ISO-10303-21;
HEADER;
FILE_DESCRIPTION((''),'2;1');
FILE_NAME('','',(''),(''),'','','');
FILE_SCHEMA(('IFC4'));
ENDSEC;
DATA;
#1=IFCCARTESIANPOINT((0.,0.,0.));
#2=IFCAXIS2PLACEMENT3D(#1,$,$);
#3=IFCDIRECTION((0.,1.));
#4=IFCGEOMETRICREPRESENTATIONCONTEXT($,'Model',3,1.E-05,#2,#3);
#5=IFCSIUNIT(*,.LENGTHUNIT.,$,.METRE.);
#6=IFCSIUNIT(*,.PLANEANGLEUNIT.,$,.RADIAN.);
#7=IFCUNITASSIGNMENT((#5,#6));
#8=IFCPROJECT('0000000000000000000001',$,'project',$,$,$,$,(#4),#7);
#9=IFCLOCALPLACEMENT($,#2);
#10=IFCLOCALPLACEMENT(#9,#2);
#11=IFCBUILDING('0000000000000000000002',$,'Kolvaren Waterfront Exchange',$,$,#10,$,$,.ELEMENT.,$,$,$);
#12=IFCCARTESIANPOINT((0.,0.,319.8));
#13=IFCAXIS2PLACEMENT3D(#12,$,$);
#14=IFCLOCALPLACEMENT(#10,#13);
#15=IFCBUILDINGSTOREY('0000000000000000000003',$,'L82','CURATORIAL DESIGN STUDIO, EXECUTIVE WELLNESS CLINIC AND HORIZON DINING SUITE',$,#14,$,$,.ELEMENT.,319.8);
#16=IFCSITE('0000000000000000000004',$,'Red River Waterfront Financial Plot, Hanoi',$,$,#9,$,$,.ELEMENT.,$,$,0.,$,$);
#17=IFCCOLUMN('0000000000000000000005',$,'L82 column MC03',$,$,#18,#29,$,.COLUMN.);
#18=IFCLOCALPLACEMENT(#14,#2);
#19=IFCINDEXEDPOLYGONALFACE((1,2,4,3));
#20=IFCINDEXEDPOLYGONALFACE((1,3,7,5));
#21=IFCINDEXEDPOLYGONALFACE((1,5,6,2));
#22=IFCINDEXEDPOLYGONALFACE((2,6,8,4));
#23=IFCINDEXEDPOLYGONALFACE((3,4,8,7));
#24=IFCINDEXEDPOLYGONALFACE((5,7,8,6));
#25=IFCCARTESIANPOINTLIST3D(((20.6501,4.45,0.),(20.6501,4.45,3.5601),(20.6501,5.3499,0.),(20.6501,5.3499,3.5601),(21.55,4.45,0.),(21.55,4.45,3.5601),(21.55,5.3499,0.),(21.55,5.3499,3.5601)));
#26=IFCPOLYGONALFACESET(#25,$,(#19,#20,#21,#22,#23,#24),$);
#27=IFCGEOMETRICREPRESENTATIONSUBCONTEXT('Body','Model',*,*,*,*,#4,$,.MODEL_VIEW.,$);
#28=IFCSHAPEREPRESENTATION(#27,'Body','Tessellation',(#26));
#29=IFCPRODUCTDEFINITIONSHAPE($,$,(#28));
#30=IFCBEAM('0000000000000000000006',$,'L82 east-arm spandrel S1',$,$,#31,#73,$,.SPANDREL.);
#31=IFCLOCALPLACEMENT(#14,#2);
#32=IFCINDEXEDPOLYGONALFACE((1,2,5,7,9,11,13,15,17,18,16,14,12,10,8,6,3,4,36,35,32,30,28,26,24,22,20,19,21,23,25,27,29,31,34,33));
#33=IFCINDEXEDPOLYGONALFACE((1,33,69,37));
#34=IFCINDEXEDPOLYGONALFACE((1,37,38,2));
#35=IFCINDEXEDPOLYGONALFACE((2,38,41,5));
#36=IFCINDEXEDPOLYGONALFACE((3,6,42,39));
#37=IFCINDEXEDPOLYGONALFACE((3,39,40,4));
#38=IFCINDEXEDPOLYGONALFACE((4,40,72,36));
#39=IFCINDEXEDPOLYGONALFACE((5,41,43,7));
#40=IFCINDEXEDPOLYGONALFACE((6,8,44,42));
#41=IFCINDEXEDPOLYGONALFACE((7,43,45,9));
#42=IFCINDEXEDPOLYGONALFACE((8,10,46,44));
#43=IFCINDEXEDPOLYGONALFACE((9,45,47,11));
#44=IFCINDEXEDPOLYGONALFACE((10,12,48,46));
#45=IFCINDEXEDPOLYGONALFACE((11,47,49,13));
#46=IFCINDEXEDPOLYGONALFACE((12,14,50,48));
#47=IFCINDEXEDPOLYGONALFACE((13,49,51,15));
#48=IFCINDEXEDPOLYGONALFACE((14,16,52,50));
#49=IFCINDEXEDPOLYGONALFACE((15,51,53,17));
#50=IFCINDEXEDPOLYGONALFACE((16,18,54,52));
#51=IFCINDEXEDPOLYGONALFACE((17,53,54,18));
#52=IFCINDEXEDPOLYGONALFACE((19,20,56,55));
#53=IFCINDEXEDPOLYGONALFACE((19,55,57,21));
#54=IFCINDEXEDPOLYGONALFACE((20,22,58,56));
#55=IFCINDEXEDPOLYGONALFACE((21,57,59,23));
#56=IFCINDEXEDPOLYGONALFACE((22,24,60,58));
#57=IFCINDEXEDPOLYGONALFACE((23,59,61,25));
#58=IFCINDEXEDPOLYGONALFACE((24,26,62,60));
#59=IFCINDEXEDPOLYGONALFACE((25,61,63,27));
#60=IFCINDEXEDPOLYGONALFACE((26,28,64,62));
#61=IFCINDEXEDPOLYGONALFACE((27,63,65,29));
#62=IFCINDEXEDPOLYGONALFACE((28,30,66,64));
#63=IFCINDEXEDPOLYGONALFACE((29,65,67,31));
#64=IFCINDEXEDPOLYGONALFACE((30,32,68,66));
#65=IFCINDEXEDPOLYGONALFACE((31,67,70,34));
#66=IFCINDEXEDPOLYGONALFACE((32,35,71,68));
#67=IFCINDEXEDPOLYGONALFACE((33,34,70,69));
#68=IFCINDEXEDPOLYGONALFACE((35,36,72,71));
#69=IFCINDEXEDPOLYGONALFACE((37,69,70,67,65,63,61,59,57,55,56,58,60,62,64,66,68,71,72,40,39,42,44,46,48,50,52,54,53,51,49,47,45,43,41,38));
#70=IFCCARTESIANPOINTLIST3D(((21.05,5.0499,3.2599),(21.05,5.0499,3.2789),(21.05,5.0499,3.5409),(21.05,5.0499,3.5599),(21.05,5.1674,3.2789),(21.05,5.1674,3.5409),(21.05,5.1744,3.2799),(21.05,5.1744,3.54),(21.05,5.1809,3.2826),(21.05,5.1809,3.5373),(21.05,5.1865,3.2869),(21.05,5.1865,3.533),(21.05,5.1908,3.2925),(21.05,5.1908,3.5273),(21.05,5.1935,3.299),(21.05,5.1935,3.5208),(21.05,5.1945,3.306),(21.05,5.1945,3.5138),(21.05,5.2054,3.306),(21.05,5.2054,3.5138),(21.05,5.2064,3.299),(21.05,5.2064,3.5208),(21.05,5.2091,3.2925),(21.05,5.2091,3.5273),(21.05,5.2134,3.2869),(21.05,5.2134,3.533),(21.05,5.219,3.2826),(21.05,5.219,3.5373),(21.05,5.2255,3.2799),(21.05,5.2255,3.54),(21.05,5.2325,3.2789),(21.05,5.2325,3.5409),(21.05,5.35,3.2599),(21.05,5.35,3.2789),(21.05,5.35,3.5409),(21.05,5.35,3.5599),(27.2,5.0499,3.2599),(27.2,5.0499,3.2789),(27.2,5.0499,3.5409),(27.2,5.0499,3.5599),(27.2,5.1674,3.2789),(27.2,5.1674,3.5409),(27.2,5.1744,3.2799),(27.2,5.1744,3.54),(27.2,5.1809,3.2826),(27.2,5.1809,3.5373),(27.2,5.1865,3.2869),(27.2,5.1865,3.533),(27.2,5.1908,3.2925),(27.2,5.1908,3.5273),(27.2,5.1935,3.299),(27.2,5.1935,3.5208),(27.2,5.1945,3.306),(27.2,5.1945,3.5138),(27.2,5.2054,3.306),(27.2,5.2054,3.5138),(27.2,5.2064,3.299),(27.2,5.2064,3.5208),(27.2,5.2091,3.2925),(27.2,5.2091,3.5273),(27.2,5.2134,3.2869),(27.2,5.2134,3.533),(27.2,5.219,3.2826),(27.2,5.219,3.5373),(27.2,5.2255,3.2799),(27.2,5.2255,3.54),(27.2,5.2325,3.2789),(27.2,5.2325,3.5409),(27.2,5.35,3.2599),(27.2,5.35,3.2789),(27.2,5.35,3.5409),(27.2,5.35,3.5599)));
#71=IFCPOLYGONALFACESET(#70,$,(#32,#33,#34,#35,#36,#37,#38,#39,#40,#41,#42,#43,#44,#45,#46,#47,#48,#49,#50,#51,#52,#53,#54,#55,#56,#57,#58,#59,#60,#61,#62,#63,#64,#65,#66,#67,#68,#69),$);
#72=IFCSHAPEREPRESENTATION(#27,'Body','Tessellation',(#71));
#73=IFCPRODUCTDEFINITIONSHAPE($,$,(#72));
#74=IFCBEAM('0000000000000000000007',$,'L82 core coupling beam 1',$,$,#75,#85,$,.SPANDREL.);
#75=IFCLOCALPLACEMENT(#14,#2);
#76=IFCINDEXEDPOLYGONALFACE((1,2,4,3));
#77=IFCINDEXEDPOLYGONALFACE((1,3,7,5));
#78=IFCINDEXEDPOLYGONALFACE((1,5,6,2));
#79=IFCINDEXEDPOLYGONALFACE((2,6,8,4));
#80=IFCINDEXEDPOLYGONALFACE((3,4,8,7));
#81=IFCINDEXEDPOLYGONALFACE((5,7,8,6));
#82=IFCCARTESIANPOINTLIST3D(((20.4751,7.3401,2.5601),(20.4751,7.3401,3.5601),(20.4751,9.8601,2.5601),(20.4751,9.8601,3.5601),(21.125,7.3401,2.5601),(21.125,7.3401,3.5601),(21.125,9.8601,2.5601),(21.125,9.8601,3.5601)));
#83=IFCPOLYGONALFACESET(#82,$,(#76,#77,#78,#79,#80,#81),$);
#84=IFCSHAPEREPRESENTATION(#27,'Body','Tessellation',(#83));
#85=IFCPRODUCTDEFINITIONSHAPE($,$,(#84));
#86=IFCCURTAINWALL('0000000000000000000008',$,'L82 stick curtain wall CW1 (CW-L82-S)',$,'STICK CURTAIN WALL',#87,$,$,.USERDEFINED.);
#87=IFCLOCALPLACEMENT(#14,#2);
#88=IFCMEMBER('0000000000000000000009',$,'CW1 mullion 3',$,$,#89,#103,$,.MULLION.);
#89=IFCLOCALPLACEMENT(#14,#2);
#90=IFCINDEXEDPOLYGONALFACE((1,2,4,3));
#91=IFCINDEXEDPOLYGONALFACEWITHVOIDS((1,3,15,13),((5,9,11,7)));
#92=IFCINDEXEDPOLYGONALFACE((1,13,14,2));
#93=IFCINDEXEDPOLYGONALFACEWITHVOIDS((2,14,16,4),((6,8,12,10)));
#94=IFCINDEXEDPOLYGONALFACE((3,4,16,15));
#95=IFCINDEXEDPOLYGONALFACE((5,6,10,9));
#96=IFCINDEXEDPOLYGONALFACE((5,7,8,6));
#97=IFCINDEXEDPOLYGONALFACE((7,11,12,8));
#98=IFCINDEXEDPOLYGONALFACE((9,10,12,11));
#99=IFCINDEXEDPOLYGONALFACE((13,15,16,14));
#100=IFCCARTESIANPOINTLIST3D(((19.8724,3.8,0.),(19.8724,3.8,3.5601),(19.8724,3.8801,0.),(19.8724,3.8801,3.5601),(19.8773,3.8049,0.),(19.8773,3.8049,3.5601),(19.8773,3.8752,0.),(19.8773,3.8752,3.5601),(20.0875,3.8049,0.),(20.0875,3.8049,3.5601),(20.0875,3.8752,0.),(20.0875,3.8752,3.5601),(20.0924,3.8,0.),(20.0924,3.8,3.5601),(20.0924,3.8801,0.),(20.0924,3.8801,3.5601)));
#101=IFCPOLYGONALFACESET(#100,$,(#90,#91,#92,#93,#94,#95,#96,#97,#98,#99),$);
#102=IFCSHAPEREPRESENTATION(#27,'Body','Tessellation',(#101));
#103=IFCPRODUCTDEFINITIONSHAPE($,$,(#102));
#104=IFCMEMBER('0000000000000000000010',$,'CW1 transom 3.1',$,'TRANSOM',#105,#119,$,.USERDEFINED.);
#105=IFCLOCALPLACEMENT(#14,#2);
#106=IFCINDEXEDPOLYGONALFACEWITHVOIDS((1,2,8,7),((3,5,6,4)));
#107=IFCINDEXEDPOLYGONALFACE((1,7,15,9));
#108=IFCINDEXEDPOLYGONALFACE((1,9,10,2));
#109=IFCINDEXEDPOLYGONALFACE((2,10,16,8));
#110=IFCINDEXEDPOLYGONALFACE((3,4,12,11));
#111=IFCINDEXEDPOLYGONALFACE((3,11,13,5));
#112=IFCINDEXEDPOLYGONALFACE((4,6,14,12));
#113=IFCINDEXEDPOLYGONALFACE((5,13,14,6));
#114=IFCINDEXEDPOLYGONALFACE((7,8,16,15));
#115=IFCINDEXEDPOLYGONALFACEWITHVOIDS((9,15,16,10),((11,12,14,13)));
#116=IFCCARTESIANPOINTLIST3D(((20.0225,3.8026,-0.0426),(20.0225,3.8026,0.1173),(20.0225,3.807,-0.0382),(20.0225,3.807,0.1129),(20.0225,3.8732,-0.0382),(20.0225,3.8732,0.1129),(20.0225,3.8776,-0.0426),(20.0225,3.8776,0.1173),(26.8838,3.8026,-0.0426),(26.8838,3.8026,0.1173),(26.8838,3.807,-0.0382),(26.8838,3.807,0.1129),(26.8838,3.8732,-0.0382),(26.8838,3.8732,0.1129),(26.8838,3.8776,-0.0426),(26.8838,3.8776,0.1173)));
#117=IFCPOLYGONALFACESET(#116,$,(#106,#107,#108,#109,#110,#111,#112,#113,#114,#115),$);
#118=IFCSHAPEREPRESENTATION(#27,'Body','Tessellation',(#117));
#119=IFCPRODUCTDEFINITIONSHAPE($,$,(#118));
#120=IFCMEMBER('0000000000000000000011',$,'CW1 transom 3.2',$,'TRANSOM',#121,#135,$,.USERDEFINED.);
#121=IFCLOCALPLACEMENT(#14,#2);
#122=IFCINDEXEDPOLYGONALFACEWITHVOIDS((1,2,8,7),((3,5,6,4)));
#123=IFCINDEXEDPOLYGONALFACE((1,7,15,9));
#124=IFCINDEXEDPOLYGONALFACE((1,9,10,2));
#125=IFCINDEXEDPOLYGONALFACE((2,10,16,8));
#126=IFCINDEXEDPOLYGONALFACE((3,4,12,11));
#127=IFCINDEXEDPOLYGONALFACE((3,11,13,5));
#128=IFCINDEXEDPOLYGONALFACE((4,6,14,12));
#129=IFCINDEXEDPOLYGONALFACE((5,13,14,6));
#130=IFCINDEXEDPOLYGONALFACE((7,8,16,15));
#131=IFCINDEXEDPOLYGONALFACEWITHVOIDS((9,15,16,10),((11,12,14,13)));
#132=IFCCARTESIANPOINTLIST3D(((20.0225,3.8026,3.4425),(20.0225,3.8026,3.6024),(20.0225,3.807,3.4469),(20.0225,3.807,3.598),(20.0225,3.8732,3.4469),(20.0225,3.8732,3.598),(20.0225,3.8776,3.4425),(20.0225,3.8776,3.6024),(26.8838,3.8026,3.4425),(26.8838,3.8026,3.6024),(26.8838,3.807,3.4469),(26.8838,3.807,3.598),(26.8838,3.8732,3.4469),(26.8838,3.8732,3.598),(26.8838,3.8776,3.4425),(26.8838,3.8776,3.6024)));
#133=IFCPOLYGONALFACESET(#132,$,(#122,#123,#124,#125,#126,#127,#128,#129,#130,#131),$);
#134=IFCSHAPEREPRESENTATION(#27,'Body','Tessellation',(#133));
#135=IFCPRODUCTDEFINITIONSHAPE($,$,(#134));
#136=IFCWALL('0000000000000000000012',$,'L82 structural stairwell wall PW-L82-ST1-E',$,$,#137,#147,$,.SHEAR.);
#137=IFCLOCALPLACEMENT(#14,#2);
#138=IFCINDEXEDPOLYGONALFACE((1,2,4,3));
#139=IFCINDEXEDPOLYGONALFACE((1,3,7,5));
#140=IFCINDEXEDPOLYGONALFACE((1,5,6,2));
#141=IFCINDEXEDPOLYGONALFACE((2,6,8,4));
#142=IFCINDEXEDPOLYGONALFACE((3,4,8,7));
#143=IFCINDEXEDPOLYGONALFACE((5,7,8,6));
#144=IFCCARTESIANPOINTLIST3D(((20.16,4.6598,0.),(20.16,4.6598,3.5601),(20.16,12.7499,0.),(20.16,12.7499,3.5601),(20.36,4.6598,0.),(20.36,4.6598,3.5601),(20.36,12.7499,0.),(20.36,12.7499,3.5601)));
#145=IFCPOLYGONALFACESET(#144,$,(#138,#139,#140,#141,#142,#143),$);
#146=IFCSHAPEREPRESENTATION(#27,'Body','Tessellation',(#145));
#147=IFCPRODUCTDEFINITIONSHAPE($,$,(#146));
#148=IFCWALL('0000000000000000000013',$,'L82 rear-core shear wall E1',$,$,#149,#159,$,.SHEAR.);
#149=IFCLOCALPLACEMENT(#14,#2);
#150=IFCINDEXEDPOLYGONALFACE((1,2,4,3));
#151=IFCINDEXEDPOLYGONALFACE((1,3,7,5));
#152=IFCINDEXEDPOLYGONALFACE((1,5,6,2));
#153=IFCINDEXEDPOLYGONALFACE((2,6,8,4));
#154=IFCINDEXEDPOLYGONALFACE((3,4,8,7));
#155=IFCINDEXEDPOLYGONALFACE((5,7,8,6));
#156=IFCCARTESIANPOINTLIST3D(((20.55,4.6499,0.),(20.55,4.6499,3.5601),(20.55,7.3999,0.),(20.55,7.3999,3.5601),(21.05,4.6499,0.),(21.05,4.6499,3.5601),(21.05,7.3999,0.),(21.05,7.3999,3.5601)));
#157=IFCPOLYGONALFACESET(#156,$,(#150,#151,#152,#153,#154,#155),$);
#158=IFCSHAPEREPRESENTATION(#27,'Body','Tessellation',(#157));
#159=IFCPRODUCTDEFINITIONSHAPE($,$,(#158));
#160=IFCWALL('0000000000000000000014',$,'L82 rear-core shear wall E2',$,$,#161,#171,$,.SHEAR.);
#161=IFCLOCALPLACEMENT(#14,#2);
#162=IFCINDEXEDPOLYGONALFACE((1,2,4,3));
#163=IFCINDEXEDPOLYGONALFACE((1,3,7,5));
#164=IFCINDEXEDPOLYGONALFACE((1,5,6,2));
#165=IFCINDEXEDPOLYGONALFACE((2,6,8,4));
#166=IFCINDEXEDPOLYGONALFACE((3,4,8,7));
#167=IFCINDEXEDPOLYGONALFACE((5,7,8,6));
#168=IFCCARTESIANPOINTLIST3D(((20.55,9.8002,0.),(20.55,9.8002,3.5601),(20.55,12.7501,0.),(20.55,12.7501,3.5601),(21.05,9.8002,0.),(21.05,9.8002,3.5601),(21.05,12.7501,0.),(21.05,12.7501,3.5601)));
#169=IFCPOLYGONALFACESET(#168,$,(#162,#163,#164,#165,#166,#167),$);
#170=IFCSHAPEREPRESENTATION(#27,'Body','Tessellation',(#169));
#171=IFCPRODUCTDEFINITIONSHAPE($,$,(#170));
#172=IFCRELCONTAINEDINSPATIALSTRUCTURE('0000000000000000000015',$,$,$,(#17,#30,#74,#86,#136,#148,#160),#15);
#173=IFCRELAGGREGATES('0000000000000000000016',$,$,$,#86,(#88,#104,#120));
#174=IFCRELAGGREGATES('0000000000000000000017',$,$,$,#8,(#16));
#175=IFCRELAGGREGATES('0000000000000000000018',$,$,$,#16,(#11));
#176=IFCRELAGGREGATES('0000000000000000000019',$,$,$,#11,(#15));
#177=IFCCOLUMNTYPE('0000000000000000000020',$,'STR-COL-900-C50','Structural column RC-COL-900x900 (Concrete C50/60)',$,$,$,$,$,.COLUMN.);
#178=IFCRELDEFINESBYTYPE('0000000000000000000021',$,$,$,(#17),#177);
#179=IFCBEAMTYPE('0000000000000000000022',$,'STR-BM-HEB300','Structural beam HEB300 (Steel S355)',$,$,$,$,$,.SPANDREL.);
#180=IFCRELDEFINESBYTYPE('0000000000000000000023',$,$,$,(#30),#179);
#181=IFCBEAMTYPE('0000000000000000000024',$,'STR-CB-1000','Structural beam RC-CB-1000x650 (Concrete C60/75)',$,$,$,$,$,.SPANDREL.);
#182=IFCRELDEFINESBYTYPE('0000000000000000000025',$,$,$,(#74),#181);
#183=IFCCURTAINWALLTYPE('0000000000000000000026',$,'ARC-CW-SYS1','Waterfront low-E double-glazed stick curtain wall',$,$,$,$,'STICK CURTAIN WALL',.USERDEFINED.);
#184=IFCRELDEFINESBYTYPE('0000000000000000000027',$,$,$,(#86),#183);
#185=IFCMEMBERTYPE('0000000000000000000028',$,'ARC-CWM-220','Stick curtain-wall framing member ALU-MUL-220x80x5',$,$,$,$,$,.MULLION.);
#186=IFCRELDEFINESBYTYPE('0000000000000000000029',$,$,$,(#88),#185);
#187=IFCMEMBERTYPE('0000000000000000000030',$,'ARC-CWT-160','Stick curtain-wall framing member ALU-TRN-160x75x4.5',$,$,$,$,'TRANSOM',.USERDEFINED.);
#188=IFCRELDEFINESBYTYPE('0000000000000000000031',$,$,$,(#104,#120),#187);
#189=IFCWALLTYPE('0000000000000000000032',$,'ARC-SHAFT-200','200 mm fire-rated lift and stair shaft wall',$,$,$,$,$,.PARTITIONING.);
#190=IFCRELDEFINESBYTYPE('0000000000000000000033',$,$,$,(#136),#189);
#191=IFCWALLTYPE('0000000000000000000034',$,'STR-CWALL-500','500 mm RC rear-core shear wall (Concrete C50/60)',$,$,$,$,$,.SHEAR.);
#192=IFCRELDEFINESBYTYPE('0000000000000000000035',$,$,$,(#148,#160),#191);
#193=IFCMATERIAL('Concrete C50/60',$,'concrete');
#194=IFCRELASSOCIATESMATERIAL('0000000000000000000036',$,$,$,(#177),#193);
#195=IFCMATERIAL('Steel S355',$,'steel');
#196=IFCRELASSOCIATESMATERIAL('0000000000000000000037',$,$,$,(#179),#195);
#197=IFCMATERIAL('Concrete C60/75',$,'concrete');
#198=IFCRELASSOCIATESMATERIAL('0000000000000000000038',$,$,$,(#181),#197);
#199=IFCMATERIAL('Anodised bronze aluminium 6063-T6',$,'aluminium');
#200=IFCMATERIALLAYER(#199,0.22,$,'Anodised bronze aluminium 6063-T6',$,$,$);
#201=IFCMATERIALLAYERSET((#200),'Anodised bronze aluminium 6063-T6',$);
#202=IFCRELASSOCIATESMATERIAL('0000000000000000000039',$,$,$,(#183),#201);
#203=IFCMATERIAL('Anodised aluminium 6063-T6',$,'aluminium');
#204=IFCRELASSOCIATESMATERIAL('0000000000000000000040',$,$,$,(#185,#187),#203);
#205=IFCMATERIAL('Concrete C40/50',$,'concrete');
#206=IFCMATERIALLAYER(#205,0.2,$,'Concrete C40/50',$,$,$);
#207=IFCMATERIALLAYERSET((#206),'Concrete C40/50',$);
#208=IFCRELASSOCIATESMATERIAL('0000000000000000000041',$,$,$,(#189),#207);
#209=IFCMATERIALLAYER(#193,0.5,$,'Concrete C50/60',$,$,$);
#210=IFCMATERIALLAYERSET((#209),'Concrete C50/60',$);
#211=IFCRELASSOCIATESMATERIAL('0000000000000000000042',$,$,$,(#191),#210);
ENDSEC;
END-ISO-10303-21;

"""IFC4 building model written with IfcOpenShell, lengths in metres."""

from ifc_helpers import new_model, si_unit, direction, frame, frame_2d, origin, origin_with_axes, origin_2d, place, context, subcontext, project, spatial, rectangle, hollow_rectangle, i_section, extrude, source, transform, mapped, material, layer, layer_set, material_profile, profile_set, type_object, element, aggregate, save


model = new_model("IFC4")

# Units and contexts
model_context = context("Model", 3, precision=1e-05, world=origin(), true_north=direction((0.0, 1.0)))
body_context = subcontext(model_context, "Body", "Model", "MODEL_VIEW")
ifc_project = project(units=[si_unit("LENGTHUNIT", "METRE"), si_unit("PLANEANGLEUNIT", "RADIAN")], contexts=[model_context])

# Site, building, storey
site_placement = place(None, origin())
site = spatial("IfcSite", under=ifc_project, at=site_placement, Name="Red River Waterfront Financial Plot, Hanoi", CompositionType="ELEMENT", RefElevation=0.0)
building_placement = place(site_placement, origin())
building = spatial("IfcBuilding", under=site, at=building_placement, Name="Kolvaren Waterfront Exchange", CompositionType="ELEMENT")
storey_placement = place(building_placement, frame((0.0, 0.0, 319.8)))
storey = spatial("IfcBuildingStorey", under=building, at=storey_placement, Name="L82", Description="CURATORIAL DESIGN STUDIO, EXECUTIVE WELLNESS CLINIC AND HORIZON DINING SUITE", CompositionType="ELEMENT", Elevation=319.8)

# Column
ifc_material_1 = material(Name="Concrete C50/60", Category="concrete")
ifc_material_profile_1 = material_profile(ifc_material_1, rectangle(XDim=0.8999, YDim=0.8999, at=origin_2d()), Name="RC-COL-900x900")
ifc_profile_set_1 = profile_set([ifc_material_profile_1], Name="Concrete C50/60")
column_type = type_object("IfcColumnType", Name="STR-COL-900-C50", Description="Structural column RC-COL-900x900 (Concrete C50/60)", PredefinedType="COLUMN", material=ifc_profile_set_1)
column_placement = place(storey_placement, frame((21.1001, 4.8999, 0.0), z_axis=(0.0, 0.0, 1.0), x_axis=(1.0, 0.0, 0.0)))
element("IfcColumn", 1, at=column_placement, inside=storey, type_object=column_type, Name="L82 column MC03", PredefinedType="COLUMN", context=body_context, shape_type="SweptSolid", body=[
    extrude(rectangle(XDim=0.8999, YDim=0.8999, at=origin_2d()), origin(), (0.0, 0.0, 1.0), 3.5601),
])

# Beams
ifc_material_2 = material(Name="Steel S355", Category="steel")
ifc_material_profile_2 = material_profile(ifc_material_2, i_section(OverallWidth=0.3, OverallDepth=0.3, WebThickness=0.011, FlangeThickness=0.019, FilletRadius=0.0271, at=origin_2d()), Name="HEB300")
ifc_profile_set_2 = profile_set([ifc_material_profile_2], Name="Steel S355")
beam_type_1 = type_object("IfcBeamType", Name="STR-BM-HEB300", Description="Structural beam HEB300 (Steel S355)", PredefinedType="SPANDREL", material=ifc_profile_set_2)
beam_1_placement = place(storey_placement, frame((21.05, 5.2, 3.4099), z_axis=(1.0, 0.0, 0.0), x_axis=(0.0, 1.0, 0.0)))
element("IfcBeam", 2, at=beam_1_placement, inside=storey, type_object=beam_type_1, Name="L82 east-arm spandrel S1", PredefinedType="SPANDREL", context=body_context, shape_type="SweptSolid", body=[
    extrude(i_section(OverallWidth=0.3, OverallDepth=0.3, WebThickness=0.011, FlangeThickness=0.019, FilletRadius=0.0271, at=origin_2d()), origin(), (0.0, 0.0, 1.0), 6.1499),
])
ifc_material_3 = material(Name="Concrete C60/75", Category="concrete")
ifc_material_profile_3 = material_profile(ifc_material_3, rectangle(XDim=0.6499, YDim=1.0, at=origin_2d()), Name="RC-CB-1000x650")
ifc_profile_set_3 = profile_set([ifc_material_profile_3], Name="Concrete C60/75")
beam_type_2 = type_object("IfcBeamType", Name="STR-CB-1000", Description="Structural beam RC-CB-1000x650 (Concrete C60/75)", PredefinedType="SPANDREL", material=ifc_profile_set_3)
beam_2_placement = place(storey_placement, frame((20.8, 7.3401, 3.0601), z_axis=(0.0, 1.0, 0.0), x_axis=(-1.0, 0.0, 0.0)))
element("IfcBeam", 3, at=beam_2_placement, inside=storey, type_object=beam_type_2, Name="L82 core coupling beam 1", PredefinedType="SPANDREL", context=body_context, shape_type="SweptSolid", body=[
    extrude(rectangle(XDim=0.6499, YDim=1.0, at=origin_2d()), origin(), (0.0, 0.0, 1.0), 2.52),
])

# Curtain wall, members
ifc_material_4 = material(Name="Anodised bronze aluminium 6063-T6", Category="aluminium")
ifc_layer_1 = layer(ifc_material_4, 0.22, Name="Anodised bronze aluminium 6063-T6")
ifc_layer_set_1 = layer_set([ifc_layer_1], Name="Anodised bronze aluminium 6063-T6")
curtain_wall_type = type_object("IfcCurtainWallType", Name="ARC-CW-SYS1", Description="Waterfront low-E double-glazed stick curtain wall", ElementType="STICK CURTAIN WALL", PredefinedType="USERDEFINED", material=ifc_layer_set_1)
curtain_wall_placement = place(storey_placement, origin())
curtain_wall = element("IfcCurtainWall", 4, at=curtain_wall_placement, inside=storey, type_object=curtain_wall_type, Name="L82 stick curtain wall CW1 (CW-L82-S)", ObjectType="STICK CURTAIN WALL", PredefinedType="USERDEFINED")
ifc_material_5 = material(Name="Anodised aluminium 6063-T6", Category="aluminium")
ifc_material_profile_4 = material_profile(ifc_material_5, hollow_rectangle(XDim=0.0801, YDim=0.22, WallThickness=0.0049, at=origin_2d()), Name="ALU-MUL-220x80x5")
ifc_profile_set_4 = profile_set([ifc_material_profile_4], Name="Anodised aluminium 6063-T6")
member_type_1 = type_object("IfcMemberType", Name="ARC-CWM-220", Description="Stick curtain-wall framing member ALU-MUL-220x80x5", PredefinedType="MULLION", material=ifc_profile_set_4)
shared_shape_1 = source(origin_with_axes(), body_context, "Body", "SweptSolid", [
    extrude(hollow_rectangle(XDim=0.0801, YDim=0.22, WallThickness=0.0049, at=origin_2d()), origin(), (0.0, 0.0, 1.0), 3.5601),
])
member_1_placement = place(storey_placement, frame((19.9824, 3.8401, 0.0), z_axis=(0.0, 0.0, 1.0), x_axis=(0.0, 1.0, 0.0)))
member_1 = element("IfcMember", 5, at=member_1_placement, type_object=member_type_1, Name="CW1 mullion 3", PredefinedType="MULLION", context=body_context, shape_type="MappedRepresentation", body=[
    mapped(shared_shape_1, transform((0.0, 0.0, 0.0), x_axis=(1.0, 0.0, 0.0), y_axis=(0.0, 1.0, 0.0), z_axis=(0.0, 0.0, 1.0), scale=1.0)),
])
ifc_material_profile_5 = material_profile(ifc_material_5, hollow_rectangle(XDim=0.075, YDim=0.1599, WallThickness=0.0044, at=origin_2d()), Name="ALU-TRN-160x75x4.5")
ifc_profile_set_5 = profile_set([ifc_material_profile_5], Name="Anodised aluminium 6063-T6")
member_type_2 = type_object("IfcMemberType", Name="ARC-CWT-160", Description="Stick curtain-wall framing member ALU-TRN-160x75x4.5", ElementType="TRANSOM", PredefinedType="USERDEFINED", material=ifc_profile_set_5)
shared_shape_2 = source(origin_with_axes(), body_context, "Body", "SweptSolid", [
    extrude(hollow_rectangle(XDim=0.075, YDim=0.1599, WallThickness=0.0044, at=origin_2d()), origin(), (0.0, 0.0, 1.0), 6.8613),
])
member_2_placement = place(storey_placement, frame((20.0225, 3.8401, 0.0374), z_axis=(1.0, 0.0, 0.0), x_axis=(0.0, 1.0, 0.0)))
member_2 = element("IfcMember", 6, at=member_2_placement, type_object=member_type_2, Name="CW1 transom 3.1", ObjectType="TRANSOM", PredefinedType="USERDEFINED", context=body_context, shape_type="MappedRepresentation", body=[
    mapped(shared_shape_2, transform((0.0, 0.0, 0.0), x_axis=(1.0, 0.0, 0.0), y_axis=(0.0, 1.0, 0.0), z_axis=(0.0, 0.0, 1.0), scale=1.0)),
])
member_3_placement = place(storey_placement, frame((20.0225, 3.8401, 3.5225), z_axis=(1.0, 0.0, 0.0), x_axis=(0.0, 1.0, 0.0)))
member_3 = element("IfcMember", 7, at=member_3_placement, type_object=member_type_2, Name="CW1 transom 3.2", ObjectType="TRANSOM", PredefinedType="USERDEFINED", context=body_context, shape_type="MappedRepresentation", body=[
    mapped(shared_shape_2, transform((0.0, 0.0, 0.0), x_axis=(1.0, 0.0, 0.0), y_axis=(0.0, 1.0, 0.0), z_axis=(0.0, 0.0, 1.0), scale=1.0)),
])
aggregate(curtain_wall, [member_1, member_2, member_3])

# Walls
ifc_material_6 = material(Name="Concrete C40/50", Category="concrete")
ifc_layer_2 = layer(ifc_material_6, 0.2, Name="Concrete C40/50")
ifc_layer_set_2 = layer_set([ifc_layer_2], Name="Concrete C40/50")
wall_type_1 = type_object("IfcWallType", Name="ARC-SHAFT-200", Description="200 mm fire-rated lift and stair shaft wall", PredefinedType="PARTITIONING", material=ifc_layer_set_2)
wall_1_placement = place(storey_placement, frame((20.26, 4.6599, 0.0), z_axis=(0.0, 0.0, 1.0), x_axis=(0.0, 1.0, 0.0)))
element("IfcWall", 8, at=wall_1_placement, inside=storey, type_object=wall_type_1, Name="L82 structural stairwell wall PW-L82-ST1-E", PredefinedType="SHEAR", context=body_context, shape_type="SweptSolid", body=[
    extrude(rectangle(XDim=8.0901, YDim=0.2, at=frame_2d((4.0449, 0.0))), origin(), (0.0, 0.0, 1.0), 3.5601),
])
ifc_layer_3 = layer(ifc_material_1, 0.5, Name="Concrete C50/60")
ifc_layer_set_3 = layer_set([ifc_layer_3], Name="Concrete C50/60")
wall_type_2 = type_object("IfcWallType", Name="STR-CWALL-500", Description="500 mm RC rear-core shear wall (Concrete C50/60)", PredefinedType="SHEAR", material=ifc_layer_set_3)
wall_2_placement = place(storey_placement, frame((20.8, 4.6499, 0.0), z_axis=(0.0, 0.0, 1.0), x_axis=(0.0, 1.0, 0.0)))
element("IfcWall", 9, at=wall_2_placement, inside=storey, type_object=wall_type_2, Name="L82 rear-core shear wall E1", PredefinedType="SHEAR", context=body_context, shape_type="SweptSolid", body=[
    extrude(rectangle(XDim=2.75, YDim=0.5, at=frame_2d((1.375, 0.0))), origin(), (0.0, 0.0, 1.0), 3.5601),
])
wall_3_placement = place(storey_placement, frame((20.8, 9.8, 0.0), z_axis=(0.0, 0.0, 1.0), x_axis=(0.0, 1.0, 0.0)))
element("IfcWall", 10, at=wall_3_placement, inside=storey, type_object=wall_type_2, Name="L82 rear-core shear wall E2", PredefinedType="SHEAR", context=body_context, shape_type="SweptSolid", body=[
    extrude(rectangle(XDim=2.95, YDim=0.5, at=frame_2d((1.4751, 0.0))), origin(), (0.0, 0.0, 1.0), 3.5601),
])

save(model, "model.ifc")
